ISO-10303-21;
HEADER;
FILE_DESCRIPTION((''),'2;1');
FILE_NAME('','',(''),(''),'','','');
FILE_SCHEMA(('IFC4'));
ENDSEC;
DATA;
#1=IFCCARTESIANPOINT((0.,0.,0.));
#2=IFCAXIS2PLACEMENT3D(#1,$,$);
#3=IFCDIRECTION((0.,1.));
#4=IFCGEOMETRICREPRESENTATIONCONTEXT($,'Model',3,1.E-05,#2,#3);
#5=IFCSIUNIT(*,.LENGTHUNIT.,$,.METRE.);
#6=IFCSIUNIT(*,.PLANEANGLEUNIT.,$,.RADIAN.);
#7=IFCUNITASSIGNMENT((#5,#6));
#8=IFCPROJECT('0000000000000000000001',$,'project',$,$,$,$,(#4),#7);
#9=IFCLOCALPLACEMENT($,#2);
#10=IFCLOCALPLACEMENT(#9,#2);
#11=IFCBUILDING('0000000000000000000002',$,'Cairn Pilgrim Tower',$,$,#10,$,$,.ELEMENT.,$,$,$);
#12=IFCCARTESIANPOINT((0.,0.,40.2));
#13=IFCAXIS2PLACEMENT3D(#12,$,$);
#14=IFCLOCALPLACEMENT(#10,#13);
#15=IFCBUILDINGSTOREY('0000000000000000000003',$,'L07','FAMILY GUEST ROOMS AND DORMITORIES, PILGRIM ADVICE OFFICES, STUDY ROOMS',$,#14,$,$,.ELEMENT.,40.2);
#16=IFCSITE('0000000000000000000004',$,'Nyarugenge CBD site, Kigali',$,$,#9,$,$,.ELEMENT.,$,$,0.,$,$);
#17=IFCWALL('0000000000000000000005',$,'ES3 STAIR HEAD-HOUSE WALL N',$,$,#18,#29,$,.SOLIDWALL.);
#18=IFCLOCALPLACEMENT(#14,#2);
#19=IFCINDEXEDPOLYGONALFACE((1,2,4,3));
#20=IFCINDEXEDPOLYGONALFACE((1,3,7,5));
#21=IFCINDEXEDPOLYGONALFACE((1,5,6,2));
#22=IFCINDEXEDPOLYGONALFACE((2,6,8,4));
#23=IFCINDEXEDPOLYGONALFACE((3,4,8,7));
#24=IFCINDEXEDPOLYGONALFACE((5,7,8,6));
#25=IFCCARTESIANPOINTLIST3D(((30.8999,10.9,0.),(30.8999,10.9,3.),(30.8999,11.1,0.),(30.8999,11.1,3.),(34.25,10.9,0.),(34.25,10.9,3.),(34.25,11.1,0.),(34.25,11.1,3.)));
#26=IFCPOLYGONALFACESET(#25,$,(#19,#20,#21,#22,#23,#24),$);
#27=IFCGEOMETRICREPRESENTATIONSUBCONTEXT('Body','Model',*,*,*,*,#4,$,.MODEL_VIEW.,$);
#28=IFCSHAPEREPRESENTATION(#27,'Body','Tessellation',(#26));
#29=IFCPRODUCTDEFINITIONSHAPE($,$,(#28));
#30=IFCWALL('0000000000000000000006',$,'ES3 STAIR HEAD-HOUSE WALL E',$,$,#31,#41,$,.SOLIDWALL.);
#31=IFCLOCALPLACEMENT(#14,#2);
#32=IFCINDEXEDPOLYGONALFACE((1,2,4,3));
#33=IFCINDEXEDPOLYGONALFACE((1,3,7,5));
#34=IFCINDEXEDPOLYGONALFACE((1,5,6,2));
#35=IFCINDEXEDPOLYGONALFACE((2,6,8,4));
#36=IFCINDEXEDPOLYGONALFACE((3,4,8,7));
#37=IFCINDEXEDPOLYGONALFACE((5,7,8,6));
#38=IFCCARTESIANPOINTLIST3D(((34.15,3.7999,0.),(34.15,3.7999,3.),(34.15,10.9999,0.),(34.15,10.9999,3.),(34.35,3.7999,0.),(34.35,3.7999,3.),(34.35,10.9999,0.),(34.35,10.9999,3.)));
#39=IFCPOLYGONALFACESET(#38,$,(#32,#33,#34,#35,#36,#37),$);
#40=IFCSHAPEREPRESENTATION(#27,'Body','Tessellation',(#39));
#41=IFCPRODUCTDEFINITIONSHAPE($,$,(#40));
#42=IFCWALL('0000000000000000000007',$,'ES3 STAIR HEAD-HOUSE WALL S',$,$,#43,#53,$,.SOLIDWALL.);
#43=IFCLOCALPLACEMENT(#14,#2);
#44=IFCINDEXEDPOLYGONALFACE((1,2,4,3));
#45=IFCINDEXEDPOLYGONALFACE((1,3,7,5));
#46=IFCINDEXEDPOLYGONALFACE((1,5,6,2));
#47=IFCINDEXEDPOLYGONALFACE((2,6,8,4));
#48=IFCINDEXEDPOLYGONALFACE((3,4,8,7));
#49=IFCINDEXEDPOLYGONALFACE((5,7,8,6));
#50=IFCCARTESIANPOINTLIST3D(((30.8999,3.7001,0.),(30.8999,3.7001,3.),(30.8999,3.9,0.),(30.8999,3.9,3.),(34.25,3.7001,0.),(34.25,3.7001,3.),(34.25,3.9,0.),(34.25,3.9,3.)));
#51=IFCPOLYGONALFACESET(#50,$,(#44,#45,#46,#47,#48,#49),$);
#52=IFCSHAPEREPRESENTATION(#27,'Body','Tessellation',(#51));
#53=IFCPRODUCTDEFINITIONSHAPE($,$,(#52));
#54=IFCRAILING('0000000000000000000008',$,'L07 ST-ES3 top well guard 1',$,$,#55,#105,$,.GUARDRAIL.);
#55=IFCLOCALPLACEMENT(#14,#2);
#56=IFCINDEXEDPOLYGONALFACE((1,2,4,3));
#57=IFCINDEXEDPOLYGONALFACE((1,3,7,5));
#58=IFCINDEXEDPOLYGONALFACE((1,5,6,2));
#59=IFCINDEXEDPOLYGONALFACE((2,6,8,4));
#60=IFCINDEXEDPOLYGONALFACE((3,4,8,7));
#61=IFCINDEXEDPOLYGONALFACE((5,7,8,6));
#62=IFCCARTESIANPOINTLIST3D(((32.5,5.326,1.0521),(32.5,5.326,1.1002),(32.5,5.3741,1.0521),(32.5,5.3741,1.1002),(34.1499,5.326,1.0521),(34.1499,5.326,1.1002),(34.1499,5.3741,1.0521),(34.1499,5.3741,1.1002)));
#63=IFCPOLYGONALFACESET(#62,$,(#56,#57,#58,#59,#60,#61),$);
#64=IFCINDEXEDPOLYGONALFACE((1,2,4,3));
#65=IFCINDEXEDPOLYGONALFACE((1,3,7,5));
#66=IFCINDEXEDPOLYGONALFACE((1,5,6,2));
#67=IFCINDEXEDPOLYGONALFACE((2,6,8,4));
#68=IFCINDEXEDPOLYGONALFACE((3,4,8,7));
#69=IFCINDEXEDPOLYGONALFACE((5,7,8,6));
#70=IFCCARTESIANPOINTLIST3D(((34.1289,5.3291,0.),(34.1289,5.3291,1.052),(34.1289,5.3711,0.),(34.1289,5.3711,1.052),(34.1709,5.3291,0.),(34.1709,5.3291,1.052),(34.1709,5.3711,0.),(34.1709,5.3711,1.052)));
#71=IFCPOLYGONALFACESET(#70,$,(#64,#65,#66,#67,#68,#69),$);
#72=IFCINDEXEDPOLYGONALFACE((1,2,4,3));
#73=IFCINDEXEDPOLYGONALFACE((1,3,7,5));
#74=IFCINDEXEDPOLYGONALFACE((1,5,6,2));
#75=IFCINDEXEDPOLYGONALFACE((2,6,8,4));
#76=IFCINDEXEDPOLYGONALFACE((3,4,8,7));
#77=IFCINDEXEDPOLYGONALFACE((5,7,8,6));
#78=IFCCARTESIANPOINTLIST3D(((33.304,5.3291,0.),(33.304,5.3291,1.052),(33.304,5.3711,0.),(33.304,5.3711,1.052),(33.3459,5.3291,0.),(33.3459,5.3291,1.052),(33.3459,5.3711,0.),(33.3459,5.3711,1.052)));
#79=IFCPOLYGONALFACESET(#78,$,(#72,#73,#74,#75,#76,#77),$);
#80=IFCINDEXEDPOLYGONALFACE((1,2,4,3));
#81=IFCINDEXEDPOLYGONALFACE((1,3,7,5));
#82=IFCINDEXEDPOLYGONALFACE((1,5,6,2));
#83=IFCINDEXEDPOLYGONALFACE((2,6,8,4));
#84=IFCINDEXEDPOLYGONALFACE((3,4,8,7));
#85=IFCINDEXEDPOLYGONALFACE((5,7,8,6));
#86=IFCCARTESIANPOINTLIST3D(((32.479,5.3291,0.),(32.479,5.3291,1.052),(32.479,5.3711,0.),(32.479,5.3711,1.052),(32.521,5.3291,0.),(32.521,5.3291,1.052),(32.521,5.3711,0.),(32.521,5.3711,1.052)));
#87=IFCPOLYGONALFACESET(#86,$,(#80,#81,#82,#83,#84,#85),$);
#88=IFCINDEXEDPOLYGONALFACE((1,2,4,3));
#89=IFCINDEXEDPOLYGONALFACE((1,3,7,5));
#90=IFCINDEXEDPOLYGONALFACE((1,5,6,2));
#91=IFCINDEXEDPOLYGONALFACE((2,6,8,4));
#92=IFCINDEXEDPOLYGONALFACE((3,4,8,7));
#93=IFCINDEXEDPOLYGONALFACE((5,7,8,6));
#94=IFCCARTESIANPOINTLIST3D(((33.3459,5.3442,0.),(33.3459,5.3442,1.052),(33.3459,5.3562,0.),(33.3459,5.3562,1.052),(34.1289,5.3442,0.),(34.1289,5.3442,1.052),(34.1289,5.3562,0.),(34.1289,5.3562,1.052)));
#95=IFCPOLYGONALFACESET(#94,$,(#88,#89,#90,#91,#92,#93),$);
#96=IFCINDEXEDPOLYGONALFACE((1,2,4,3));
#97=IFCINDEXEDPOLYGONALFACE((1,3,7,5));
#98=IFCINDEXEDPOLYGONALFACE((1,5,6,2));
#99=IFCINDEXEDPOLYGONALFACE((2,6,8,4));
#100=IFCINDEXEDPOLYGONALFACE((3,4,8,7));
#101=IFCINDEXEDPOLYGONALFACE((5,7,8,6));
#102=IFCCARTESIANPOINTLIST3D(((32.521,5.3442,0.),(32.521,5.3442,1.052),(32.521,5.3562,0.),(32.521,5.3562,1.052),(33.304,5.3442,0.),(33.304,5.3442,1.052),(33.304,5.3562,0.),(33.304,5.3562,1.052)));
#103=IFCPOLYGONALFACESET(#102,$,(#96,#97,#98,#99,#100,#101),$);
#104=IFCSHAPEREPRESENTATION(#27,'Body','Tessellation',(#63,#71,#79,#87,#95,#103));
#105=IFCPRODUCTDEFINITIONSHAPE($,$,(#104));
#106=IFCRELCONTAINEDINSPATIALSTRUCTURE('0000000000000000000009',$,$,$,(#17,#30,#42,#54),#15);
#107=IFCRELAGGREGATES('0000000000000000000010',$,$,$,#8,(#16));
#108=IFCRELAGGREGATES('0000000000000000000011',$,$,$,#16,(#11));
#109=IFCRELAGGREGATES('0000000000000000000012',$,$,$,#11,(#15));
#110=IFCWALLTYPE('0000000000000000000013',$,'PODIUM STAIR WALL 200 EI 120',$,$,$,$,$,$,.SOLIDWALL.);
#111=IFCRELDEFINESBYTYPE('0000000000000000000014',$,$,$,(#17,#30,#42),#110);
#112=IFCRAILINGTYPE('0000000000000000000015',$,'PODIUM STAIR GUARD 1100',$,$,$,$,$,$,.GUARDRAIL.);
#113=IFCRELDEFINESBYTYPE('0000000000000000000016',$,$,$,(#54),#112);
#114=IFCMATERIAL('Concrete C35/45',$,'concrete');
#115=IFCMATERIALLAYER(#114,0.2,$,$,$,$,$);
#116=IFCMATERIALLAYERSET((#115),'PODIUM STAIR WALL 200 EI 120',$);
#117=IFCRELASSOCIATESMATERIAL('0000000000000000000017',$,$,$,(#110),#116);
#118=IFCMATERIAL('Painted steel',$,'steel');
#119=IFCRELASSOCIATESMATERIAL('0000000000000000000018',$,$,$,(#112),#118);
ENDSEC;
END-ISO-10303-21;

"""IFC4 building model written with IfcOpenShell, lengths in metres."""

from ifc_helpers import new_model, si_unit, direction, frame, frame_2d, origin, origin_2d, place, context, subcontext, project, spatial, polyline, rectangle, outline, extrude, material, layer, layer_set, type_object, element, save


model = new_model("IFC4")

# Units and contexts
model_context = context("Model", 3, precision=1e-05, world=origin(), true_north=direction((0.0, 1.0)))
body_context = subcontext(model_context, "Body", "Model", "MODEL_VIEW")
ifc_project = project(units=[si_unit("LENGTHUNIT", "METRE"), si_unit("PLANEANGLEUNIT", "RADIAN")], contexts=[model_context])

# Site, building, storey
site_placement = place(None, origin())
site = spatial("IfcSite", under=ifc_project, at=site_placement, Name="Nyarugenge CBD site, Kigali", CompositionType="ELEMENT", RefElevation=0.0)
building_placement = place(site_placement, origin())
building = spatial("IfcBuilding", under=site, at=building_placement, Name="Cairn Pilgrim Tower", CompositionType="ELEMENT")
storey_placement = place(building_placement, frame((0.0, 0.0, 40.2)))
storey = spatial("IfcBuildingStorey", under=building, at=storey_placement, Name="L07", Description="FAMILY GUEST ROOMS AND DORMITORIES, PILGRIM ADVICE OFFICES, STUDY ROOMS", CompositionType="ELEMENT", Elevation=40.2)

# Shared definitions
ifc_material_1 = material(Name="Concrete C35/45", Category="concrete")

# Shared definitions
ifc_layer_1 = layer(ifc_material_1, 0.2)
ifc_layer_set_1 = layer_set([ifc_layer_1], Name="PODIUM STAIR WALL 200 EI 120")
wall_type_1 = type_object("IfcWallType", Name="PODIUM STAIR WALL 200 EI 120", PredefinedType="SOLIDWALL", material=ifc_layer_set_1)
ifc_material_2 = material(Name="Painted steel", Category="steel")

# Walls
wall_1_placement = place(storey_placement, frame((30.8999, 11.0, 0.0), z_axis=(0.0, 0.0, 1.0), x_axis=(1.0, 0.0, 0.0)))
element("IfcWall", 1, at=wall_1_placement, inside=storey, type_object=wall_type_1, Name="ES3 STAIR HEAD-HOUSE WALL N", PredefinedType="SOLIDWALL", context=body_context, shape_type="SweptSolid", body=[
    extrude(rectangle(XDim=3.3501, YDim=0.2, at=frame_2d((1.675, 0.0))), origin(), (0.0, 0.0, 1.0), 3.0),
])
wall_2_placement = place(storey_placement, frame((34.25, 11.0, 0.0), z_axis=(0.0, 0.0, 1.0), x_axis=(0.0, -1.0, 0.0)))
element("IfcWall", 2, at=wall_2_placement, inside=storey, type_object=wall_type_1, Name="ES3 STAIR HEAD-HOUSE WALL E", PredefinedType="SOLIDWALL", context=body_context, shape_type="SweptSolid", body=[
    extrude(rectangle(XDim=7.2, YDim=0.2, at=frame_2d((3.6001, 0.0))), origin(), (0.0, 0.0, 1.0), 3.0),
])
wall_3_placement = place(storey_placement, frame((34.25, 3.8, 0.0), z_axis=(0.0, 0.0, 1.0), x_axis=(-1.0, 0.0, 0.0)))
element("IfcWall", 3, at=wall_3_placement, inside=storey, type_object=wall_type_1, Name="ES3 STAIR HEAD-HOUSE WALL S", PredefinedType="SOLIDWALL", context=body_context, shape_type="SweptSolid", body=[
    extrude(rectangle(XDim=3.3501, YDim=0.2, at=frame_2d((1.675, 0.0))), origin(), (0.0, 0.0, 1.0), 3.0),
])

# Railing
railing_type = type_object("IfcRailingType", Name="PODIUM STAIR GUARD 1100", PredefinedType="GUARDRAIL", material=ifc_material_2)
railing_placement = place(storey_placement, frame((34.1499, 5.3501, 0.0)))
element("IfcRailing", 4, at=railing_placement, inside=storey, type_object=railing_type, Name="L07 ST-ES3 top well guard 1", PredefinedType="GUARDRAIL", context=body_context, shape_type="SweptSolid", body=[
    extrude(rectangle(XDim=0.0481, YDim=0.0481, at=origin_2d()), frame((0.0, 0.0, 1.0762), z_axis=(-1.0, 0.0, 0.0), x_axis=(0.0, -1.0, 0.0)), (0.0, 0.0, 1.0), 1.6499),
    extrude(rectangle(XDim=0.042, YDim=0.042, at=origin_2d()), origin(), (0.0, 0.0, 1.0), 1.052),
    extrude(rectangle(XDim=0.042, YDim=0.042, at=origin_2d()), frame((-0.825, 0.0, 0.0)), (0.0, 0.0, 1.0), 1.052),
    extrude(rectangle(XDim=0.042, YDim=0.042, at=origin_2d()), frame((-1.6499, 0.0, 0.0)), (0.0, 0.0, 1.0), 1.052),
    extrude(outline(polyline([(0.021, 0.0), (0.804, 0.0), (0.804, 1.052), (0.021, 1.052), (0.021, 0.0)])), frame((0.0, -0.0059, 0.0), z_axis=(0.0, 1.0, 0.0), x_axis=(-1.0, 0.0, 0.0)), (0.0, 0.0, 1.0), 0.012),
    extrude(outline(polyline([(0.021, 0.0), (0.804, 0.0), (0.804, 1.052), (0.021, 1.052), (0.021, 0.0)])), frame((-0.825, -0.0059, 0.0), z_axis=(0.0, 1.0, 0.0), x_axis=(-1.0, 0.0, 0.0)), (0.0, 0.0, 1.0), 0.012),
])

save(model, "model.ifc")
